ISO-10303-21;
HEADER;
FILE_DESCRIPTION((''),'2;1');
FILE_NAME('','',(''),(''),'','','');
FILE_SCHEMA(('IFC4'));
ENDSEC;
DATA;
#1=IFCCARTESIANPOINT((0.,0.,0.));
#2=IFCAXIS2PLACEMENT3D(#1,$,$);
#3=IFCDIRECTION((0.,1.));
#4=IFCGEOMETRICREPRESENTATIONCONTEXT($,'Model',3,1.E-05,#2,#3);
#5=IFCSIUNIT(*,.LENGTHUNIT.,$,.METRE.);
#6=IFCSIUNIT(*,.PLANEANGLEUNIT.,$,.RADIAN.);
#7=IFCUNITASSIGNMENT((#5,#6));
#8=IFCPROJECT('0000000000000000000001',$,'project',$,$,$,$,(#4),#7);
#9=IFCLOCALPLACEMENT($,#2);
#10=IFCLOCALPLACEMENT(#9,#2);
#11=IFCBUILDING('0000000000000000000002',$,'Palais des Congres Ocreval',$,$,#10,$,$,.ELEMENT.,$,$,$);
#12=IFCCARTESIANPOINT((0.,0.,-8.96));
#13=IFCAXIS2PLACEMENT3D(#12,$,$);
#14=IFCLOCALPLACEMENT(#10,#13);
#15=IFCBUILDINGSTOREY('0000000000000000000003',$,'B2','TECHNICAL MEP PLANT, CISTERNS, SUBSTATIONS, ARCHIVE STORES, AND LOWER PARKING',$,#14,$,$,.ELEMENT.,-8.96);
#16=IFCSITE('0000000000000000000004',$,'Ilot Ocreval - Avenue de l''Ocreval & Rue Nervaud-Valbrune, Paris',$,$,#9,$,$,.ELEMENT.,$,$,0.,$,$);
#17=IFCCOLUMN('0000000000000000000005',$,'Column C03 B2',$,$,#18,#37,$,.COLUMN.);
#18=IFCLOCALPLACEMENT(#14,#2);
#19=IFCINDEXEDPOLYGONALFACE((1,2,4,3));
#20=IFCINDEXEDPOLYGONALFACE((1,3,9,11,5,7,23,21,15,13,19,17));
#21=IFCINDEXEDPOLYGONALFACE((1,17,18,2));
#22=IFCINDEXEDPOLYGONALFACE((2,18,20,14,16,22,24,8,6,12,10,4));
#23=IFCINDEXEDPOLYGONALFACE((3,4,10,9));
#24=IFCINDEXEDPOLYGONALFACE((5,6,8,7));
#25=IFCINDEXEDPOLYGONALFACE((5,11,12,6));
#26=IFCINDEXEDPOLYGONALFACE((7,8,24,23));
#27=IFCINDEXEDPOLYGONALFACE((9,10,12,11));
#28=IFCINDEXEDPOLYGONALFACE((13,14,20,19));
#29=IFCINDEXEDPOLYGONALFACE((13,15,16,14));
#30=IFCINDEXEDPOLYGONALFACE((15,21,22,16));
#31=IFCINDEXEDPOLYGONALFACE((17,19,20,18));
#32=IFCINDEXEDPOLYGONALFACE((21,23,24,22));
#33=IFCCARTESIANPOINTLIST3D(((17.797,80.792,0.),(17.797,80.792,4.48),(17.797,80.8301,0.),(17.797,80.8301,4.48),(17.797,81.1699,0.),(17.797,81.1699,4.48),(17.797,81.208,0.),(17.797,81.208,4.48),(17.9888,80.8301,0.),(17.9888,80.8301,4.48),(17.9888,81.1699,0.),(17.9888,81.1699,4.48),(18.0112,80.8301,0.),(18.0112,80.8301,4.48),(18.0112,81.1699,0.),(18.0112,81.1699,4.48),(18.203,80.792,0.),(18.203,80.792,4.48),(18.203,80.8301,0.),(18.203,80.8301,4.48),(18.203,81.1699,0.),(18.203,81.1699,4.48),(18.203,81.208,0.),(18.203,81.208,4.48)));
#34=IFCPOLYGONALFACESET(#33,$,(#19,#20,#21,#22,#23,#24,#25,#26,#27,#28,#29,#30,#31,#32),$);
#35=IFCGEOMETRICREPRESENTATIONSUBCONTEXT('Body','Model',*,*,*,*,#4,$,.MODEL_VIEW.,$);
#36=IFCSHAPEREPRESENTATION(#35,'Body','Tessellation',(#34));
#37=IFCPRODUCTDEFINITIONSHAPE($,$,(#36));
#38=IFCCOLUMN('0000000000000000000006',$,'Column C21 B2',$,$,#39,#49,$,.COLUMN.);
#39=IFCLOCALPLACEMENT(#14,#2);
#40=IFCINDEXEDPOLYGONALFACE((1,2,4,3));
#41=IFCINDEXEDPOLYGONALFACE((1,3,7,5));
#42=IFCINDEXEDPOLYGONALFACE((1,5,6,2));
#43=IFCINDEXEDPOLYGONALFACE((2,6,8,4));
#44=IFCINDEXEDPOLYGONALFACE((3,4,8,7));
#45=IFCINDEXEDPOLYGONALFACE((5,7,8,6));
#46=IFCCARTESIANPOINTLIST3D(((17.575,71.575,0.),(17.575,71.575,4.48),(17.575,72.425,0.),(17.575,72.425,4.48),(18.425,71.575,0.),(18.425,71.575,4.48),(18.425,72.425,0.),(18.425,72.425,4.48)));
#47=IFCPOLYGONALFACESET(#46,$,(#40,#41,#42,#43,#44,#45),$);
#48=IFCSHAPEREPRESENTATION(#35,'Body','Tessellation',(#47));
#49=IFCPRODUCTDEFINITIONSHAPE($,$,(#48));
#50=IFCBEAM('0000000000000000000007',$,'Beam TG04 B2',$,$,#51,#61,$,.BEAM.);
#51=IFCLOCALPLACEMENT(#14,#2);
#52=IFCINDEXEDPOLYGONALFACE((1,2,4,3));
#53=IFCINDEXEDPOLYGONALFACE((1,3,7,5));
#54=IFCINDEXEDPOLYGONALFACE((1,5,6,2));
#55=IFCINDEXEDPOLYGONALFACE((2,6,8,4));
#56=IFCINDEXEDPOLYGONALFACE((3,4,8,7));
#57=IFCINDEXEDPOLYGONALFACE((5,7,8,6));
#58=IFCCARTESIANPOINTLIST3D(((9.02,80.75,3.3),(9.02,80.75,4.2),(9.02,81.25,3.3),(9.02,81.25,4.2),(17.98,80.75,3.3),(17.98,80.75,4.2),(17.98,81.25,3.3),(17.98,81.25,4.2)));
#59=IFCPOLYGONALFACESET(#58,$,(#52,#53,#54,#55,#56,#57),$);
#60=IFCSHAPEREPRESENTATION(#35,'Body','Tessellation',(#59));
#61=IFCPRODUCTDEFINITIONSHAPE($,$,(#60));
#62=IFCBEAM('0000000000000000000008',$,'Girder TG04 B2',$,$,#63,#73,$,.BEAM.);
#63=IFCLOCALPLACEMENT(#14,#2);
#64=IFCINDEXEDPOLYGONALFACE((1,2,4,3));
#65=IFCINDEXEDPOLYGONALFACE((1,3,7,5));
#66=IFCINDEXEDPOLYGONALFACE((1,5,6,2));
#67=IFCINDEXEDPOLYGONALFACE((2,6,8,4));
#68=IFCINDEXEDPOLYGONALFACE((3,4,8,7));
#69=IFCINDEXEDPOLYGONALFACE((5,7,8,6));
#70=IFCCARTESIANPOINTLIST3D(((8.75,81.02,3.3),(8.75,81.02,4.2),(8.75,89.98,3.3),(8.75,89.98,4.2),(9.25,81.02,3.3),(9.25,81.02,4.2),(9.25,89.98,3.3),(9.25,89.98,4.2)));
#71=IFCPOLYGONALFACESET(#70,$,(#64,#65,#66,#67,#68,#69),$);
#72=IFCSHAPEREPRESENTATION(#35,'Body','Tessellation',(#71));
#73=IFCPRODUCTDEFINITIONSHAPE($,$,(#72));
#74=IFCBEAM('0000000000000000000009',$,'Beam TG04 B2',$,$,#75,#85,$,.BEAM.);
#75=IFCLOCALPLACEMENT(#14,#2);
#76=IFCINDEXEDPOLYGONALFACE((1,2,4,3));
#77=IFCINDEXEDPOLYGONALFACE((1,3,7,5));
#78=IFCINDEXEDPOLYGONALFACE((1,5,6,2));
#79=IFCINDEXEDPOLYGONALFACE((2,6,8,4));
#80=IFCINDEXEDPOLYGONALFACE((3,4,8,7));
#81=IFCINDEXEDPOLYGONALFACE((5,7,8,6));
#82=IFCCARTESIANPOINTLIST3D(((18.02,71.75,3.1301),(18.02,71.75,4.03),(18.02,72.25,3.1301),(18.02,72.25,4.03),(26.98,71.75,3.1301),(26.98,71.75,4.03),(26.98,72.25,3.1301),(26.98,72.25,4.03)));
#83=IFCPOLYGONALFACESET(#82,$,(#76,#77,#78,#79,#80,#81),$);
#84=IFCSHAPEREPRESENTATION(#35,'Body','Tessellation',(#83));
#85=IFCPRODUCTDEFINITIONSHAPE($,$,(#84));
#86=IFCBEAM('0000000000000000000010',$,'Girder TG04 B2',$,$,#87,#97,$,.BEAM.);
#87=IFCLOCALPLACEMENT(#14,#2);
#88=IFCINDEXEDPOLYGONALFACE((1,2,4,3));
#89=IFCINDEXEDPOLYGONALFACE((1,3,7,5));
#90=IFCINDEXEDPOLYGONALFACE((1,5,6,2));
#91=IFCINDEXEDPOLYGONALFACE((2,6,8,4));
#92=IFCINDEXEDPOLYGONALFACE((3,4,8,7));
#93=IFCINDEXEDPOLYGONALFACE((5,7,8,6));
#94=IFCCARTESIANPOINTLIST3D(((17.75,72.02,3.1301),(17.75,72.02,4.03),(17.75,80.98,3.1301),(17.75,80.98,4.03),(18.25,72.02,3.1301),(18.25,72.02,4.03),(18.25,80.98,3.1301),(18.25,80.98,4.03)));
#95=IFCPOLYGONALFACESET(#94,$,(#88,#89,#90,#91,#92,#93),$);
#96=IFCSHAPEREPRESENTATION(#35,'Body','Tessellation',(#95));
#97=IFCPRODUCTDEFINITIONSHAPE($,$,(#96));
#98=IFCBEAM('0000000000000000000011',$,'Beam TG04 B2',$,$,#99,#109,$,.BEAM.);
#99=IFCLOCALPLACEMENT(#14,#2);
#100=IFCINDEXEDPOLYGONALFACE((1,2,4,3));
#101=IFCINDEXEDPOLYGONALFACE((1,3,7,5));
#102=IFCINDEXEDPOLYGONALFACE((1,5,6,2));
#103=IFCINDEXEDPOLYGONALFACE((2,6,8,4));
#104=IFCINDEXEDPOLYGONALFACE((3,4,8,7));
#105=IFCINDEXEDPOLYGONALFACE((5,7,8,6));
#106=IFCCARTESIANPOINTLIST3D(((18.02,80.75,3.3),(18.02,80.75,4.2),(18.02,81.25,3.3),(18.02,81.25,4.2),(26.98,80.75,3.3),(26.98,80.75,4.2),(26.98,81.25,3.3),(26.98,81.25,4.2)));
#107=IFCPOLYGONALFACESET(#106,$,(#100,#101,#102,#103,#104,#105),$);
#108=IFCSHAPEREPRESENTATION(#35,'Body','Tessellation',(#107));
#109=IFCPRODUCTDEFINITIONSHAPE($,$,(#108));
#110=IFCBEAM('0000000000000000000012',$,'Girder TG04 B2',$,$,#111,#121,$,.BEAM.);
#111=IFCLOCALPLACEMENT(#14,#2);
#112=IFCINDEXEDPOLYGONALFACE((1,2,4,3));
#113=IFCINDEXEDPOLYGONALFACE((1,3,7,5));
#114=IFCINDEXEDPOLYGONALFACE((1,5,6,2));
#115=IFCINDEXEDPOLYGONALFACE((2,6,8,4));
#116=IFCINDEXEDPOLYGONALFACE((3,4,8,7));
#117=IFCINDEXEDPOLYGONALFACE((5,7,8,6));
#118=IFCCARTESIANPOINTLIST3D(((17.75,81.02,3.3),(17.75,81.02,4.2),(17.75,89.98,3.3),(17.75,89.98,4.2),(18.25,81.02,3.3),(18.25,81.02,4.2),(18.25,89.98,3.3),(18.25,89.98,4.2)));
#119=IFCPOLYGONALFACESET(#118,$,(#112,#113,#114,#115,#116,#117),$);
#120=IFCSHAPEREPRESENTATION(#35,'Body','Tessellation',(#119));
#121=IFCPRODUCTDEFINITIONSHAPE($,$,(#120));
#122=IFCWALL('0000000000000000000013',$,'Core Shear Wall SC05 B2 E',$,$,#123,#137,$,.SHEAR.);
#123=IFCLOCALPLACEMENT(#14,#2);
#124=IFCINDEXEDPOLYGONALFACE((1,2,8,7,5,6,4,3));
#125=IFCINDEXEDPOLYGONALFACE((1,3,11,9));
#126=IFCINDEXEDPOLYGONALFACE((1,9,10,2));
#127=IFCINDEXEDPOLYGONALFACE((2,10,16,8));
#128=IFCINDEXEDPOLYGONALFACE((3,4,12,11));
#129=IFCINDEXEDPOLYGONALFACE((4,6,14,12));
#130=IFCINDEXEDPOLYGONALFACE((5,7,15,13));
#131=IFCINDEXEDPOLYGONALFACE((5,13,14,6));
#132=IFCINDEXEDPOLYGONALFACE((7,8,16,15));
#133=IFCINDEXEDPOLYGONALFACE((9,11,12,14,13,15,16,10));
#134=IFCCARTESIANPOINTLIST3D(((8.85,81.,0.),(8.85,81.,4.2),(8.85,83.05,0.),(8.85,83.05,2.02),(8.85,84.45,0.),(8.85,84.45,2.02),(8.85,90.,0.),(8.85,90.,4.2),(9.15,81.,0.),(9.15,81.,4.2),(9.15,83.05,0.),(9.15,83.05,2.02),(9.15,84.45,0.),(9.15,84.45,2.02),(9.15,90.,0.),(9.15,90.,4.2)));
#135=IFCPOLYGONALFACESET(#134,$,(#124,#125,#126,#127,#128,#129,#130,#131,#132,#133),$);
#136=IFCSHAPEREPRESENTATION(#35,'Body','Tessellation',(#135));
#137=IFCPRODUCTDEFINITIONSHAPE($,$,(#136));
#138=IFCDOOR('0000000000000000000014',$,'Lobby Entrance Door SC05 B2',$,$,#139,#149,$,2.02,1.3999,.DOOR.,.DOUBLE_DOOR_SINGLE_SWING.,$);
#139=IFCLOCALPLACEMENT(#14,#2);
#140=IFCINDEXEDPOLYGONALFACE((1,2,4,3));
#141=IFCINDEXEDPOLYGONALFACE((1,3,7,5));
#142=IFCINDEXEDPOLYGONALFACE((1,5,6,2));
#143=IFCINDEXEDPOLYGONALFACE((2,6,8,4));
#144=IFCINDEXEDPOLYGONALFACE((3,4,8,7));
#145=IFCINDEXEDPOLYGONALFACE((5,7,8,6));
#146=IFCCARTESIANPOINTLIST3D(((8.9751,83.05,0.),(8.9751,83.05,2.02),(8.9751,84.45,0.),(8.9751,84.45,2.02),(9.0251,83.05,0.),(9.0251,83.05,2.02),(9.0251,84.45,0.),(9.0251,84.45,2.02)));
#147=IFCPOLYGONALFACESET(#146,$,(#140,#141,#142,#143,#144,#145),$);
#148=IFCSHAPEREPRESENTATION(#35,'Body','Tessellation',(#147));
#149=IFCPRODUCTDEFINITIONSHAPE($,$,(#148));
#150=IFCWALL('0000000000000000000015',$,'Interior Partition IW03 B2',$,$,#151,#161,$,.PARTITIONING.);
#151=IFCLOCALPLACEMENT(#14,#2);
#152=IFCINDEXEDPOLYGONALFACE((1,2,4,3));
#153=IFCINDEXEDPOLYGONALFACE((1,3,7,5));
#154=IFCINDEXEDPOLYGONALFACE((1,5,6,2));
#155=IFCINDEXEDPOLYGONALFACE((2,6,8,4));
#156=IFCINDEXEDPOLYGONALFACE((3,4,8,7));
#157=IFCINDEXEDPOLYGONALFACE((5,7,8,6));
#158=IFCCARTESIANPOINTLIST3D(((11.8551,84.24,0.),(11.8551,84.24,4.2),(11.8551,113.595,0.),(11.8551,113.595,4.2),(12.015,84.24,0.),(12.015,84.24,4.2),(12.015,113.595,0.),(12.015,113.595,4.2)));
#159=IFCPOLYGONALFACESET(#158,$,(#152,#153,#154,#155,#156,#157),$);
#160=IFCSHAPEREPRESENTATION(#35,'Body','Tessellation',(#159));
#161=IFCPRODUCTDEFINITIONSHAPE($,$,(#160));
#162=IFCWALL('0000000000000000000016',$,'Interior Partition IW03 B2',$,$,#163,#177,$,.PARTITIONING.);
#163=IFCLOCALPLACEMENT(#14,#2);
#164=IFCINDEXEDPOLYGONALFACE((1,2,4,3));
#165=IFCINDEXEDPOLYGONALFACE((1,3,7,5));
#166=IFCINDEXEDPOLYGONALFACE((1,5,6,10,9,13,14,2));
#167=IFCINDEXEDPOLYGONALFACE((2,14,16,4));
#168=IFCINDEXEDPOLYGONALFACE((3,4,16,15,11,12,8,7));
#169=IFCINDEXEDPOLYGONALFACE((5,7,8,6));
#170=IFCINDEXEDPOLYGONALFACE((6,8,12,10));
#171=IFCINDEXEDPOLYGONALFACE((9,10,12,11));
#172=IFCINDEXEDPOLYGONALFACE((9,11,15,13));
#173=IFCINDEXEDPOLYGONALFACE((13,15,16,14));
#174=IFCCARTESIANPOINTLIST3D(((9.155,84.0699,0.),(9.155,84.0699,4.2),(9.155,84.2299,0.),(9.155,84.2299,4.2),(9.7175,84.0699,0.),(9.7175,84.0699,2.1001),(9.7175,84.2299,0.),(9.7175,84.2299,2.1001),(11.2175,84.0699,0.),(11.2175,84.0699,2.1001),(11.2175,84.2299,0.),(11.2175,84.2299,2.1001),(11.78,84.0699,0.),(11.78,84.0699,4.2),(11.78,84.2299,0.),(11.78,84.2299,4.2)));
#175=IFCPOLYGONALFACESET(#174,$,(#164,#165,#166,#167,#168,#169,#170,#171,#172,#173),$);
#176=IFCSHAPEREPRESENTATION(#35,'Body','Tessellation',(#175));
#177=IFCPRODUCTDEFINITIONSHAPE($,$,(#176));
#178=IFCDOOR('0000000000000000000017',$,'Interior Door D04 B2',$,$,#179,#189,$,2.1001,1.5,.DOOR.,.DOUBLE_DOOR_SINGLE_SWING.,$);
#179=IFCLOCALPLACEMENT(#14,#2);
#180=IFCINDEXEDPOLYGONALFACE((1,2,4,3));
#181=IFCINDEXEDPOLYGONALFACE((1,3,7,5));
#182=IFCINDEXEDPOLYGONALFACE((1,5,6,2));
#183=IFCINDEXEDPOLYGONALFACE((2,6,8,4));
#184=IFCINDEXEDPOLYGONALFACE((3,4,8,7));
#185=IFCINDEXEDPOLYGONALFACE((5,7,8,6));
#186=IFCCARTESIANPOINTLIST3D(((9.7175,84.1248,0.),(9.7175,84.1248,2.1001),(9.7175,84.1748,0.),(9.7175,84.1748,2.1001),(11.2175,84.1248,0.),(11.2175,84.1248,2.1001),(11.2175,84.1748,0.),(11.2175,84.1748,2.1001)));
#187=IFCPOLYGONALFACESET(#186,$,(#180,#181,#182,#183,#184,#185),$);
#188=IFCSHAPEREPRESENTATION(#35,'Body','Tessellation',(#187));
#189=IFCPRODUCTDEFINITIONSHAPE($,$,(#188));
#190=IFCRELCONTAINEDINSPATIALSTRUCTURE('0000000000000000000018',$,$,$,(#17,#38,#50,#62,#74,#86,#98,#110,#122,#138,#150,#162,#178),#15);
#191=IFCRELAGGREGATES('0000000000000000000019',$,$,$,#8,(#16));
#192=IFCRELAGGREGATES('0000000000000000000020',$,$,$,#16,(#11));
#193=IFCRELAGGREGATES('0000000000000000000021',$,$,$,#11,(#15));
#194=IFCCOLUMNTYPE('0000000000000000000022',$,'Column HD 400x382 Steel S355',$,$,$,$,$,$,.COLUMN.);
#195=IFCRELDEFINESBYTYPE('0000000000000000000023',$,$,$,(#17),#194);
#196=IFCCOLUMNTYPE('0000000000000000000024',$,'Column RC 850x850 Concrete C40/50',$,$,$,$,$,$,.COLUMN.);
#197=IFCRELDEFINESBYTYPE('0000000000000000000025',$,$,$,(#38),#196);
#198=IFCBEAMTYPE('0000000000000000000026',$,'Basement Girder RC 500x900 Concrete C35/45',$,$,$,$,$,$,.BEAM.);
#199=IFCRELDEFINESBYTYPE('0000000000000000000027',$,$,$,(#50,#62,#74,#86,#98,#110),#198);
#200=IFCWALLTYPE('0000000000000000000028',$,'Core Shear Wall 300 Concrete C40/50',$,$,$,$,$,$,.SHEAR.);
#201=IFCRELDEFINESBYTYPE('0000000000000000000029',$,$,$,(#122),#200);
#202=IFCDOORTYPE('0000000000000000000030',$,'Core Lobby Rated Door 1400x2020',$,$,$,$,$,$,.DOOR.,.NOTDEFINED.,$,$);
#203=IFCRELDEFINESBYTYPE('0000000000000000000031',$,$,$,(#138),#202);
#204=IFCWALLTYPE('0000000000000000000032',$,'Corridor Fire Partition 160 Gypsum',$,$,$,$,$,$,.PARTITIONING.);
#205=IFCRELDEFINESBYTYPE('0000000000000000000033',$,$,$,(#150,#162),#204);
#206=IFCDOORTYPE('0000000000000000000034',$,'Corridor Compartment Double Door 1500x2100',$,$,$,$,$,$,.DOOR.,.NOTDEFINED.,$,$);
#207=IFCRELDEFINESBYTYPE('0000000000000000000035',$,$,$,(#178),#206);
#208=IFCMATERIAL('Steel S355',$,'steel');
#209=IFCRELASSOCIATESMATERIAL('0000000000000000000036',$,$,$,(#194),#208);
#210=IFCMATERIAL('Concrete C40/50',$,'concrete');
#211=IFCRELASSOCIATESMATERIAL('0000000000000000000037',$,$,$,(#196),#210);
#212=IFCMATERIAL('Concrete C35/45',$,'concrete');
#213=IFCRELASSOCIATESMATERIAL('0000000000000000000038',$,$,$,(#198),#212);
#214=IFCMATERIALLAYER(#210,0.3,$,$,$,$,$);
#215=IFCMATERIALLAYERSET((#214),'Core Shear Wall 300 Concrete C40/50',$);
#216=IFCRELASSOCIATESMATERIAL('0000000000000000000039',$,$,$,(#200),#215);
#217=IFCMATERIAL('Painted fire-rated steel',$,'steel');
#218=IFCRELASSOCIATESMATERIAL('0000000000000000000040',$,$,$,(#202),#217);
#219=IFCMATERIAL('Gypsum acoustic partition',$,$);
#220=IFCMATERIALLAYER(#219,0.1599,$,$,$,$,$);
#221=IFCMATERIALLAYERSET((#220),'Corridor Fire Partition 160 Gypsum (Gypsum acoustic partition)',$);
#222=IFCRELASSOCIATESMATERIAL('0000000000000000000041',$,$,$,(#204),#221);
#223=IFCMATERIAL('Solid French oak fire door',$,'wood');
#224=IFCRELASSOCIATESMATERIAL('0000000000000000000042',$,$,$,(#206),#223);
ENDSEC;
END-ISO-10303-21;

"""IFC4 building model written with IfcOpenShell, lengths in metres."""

from ifc_helpers import new_model, si_unit, direction, frame, frame_2d, origin, origin_2d, place, context, subcontext, project, spatial, rectangle, i_section, extrude, material, layer, layer_set, material_profile, profile_set, type_object, element, fill, save


model = new_model("IFC4")

# Units and contexts
model_context = context("Model", 3, precision=1e-05, world=origin(), true_north=direction((0.0, 1.0)))
body_context = subcontext(model_context, "Body", "Model", "MODEL_VIEW")
ifc_project = project(units=[si_unit("LENGTHUNIT", "METRE"), si_unit("PLANEANGLEUNIT", "RADIAN")], contexts=[model_context])

# Site, building, storey
site_placement = place(None, origin())
site = spatial("IfcSite", under=ifc_project, at=site_placement, Name="Ilot Ocreval - Avenue de l'Ocreval & Rue Nervaud-Valbrune, Paris", CompositionType="ELEMENT", RefElevation=0.0)
building_placement = place(site_placement, origin())
building = spatial("IfcBuilding", under=site, at=building_placement, Name="Palais des Congres Ocreval", CompositionType="ELEMENT")
storey_placement = place(building_placement, frame((0.0, 0.0, -8.96)))
storey = spatial("IfcBuildingStorey", under=building, at=storey_placement, Name="B2", Description="TECHNICAL MEP PLANT, CISTERNS, SUBSTATIONS, ARCHIVE STORES, AND LOWER PARKING", CompositionType="ELEMENT", Elevation=-8.96)

# Shared definitions
ifc_material_1 = material(Name="Concrete C35/45", Category="concrete")

# Columns
ifc_material_2 = material(Name="Steel S355", Category="steel")
ifc_material_profile_1 = material_profile(ifc_material_2, i_section(OverallWidth=0.406, OverallDepth=0.416, WebThickness=0.0225, FlangeThickness=0.0381, at=origin_2d()), Name="HD 400x382")
ifc_profile_set_1 = profile_set([ifc_material_profile_1], Name="Steel S355")
column_type_1 = type_object("IfcColumnType", Name="Column HD 400x382 Steel S355", PredefinedType="COLUMN", material=ifc_profile_set_1)
column_1_placement = place(storey_placement, frame((18.0, 81.0, 0.0), z_axis=(0.0, 0.0, 1.0), x_axis=(1.0, 0.0, 0.0)))
element("IfcColumn", 1, at=column_1_placement, inside=storey, type_object=column_type_1, Name="Column C03 B2", PredefinedType="COLUMN", context=body_context, shape_type="SweptSolid", body=[
    extrude(i_section(OverallWidth=0.406, OverallDepth=0.416, WebThickness=0.0225, FlangeThickness=0.0381, at=origin_2d()), origin(), (0.0, 0.0, 1.0), 4.48),
])
ifc_material_3 = material(Name="Concrete C40/50", Category="concrete")
ifc_material_profile_2 = material_profile(ifc_material_3, rectangle(XDim=0.8501, YDim=0.8501, at=origin_2d()), Name="RC 850x850")
ifc_profile_set_2 = profile_set([ifc_material_profile_2], Name="Concrete C40/50")
column_type_2 = type_object("IfcColumnType", Name="Column RC 850x850 Concrete C40/50", PredefinedType="COLUMN", material=ifc_profile_set_2)
column_2_placement = place(storey_placement, frame((18.0, 72.0, 0.0), z_axis=(0.0, 0.0, 1.0), x_axis=(1.0, 0.0, 0.0)))
element("IfcColumn", 2, at=column_2_placement, inside=storey, type_object=column_type_2, Name="Column C21 B2", PredefinedType="COLUMN", context=body_context, shape_type="SweptSolid", body=[
    extrude(rectangle(XDim=0.8501, YDim=0.8501, at=origin_2d()), origin(), (0.0, 0.0, 1.0), 4.48),
])

# Beams
ifc_material_profile_3 = material_profile(ifc_material_1, rectangle(XDim=0.5, YDim=0.8999, at=origin_2d()), Name="RC 500x900")
ifc_profile_set_3 = profile_set([ifc_material_profile_3], Name="Concrete C35/45")
beam_type = type_object("IfcBeamType", Name="Basement Girder RC 500x900 Concrete C35/45", PredefinedType="BEAM", material=ifc_profile_set_3)
for number, where, z_axis, x_axis, name in (
    (3, (9.02, 81.0, 3.75), (1.0, 0.0, 0.0), (0.0, 1.0, 0.0), "Beam TG04 B2"),
    (4, (9.0, 81.02, 3.75), (0.0, 1.0, 0.0), (-1.0, 0.0, 0.0), "Girder TG04 B2"),
    (5, (18.02, 72.0, 3.5801), (1.0, 0.0, 0.0), (0.0, 1.0, 0.0), "Beam TG04 B2"),
    (6, (18.0, 72.02, 3.5801), (0.0, 1.0, 0.0), (-1.0, 0.0, 0.0), "Girder TG04 B2"),
    (7, (18.02, 81.0, 3.75), (1.0, 0.0, 0.0), (0.0, 1.0, 0.0), "Beam TG04 B2"),
    (8, (18.0, 81.02, 3.75), (0.0, 1.0, 0.0), (-1.0, 0.0, 0.0), "Girder TG04 B2"),
):
    element("IfcBeam", number, at=place(storey_placement, frame(where, z_axis=z_axis, x_axis=x_axis)), inside=storey, type_object=beam_type, Name=name, PredefinedType="BEAM", context=body_context, shape_type="SweptSolid", body=[
        extrude(rectangle(XDim=0.5, YDim=0.8999, at=origin_2d()), origin(), (0.0, 0.0, 1.0), 8.96),
    ])

# Wall, opening, door
ifc_layer_1 = layer(ifc_material_3, 0.3)
ifc_layer_set_1 = layer_set([ifc_layer_1], Name="Core Shear Wall 300 Concrete C40/50")
wall_type_1 = type_object("IfcWallType", Name="Core Shear Wall 300 Concrete C40/50", PredefinedType="SHEAR", material=ifc_layer_set_1)
wall_1_placement = place(storey_placement, frame((9.0, 81.0, 0.0), z_axis=(0.0, 0.0, 1.0), x_axis=(0.0, 1.0, 0.0)))
wall_1 = element("IfcWall", 9, at=wall_1_placement, inside=storey, type_object=wall_type_1, Name="Core Shear Wall SC05 B2 E", PredefinedType="SHEAR", context=body_context, shape_type="SweptSolid", body=[
    extrude(rectangle(XDim=9.0, YDim=0.3, at=frame_2d((4.5, 0.0))), origin(), (0.0, 0.0, 1.0), 4.2),
])
opening_1_placement = place(wall_1_placement, frame((2.05, 0.0, 0.0)))
opening_1 = element("IfcOpeningElement", 10, at=opening_1_placement, cuts=wall_1, PredefinedType="OPENING", context=body_context, shape_type="SweptSolid", body=[
    extrude(rectangle(XDim=1.3999, YDim=2.02, at=frame_2d((0.7, 1.01))), frame((0.0, 0.1599, 0.0), z_axis=(0.0, -1.0, 0.0), x_axis=(1.0, 0.0, 0.0)), (0.0, 0.0, 1.0), 0.3201),
])
ifc_material_4 = material(Name="Painted fire-rated steel", Category="steel")
door_type_1 = type_object("IfcDoorType", Name="Core Lobby Rated Door 1400x2020", OperationType="NOTDEFINED", PredefinedType="DOOR", material=ifc_material_4)
door_1_placement = place(opening_1_placement, origin())
door_1 = element("IfcDoor", 11, at=door_1_placement, inside=storey, type_object=door_type_1, Name="Lobby Entrance Door SC05 B2", OperationType="DOUBLE_DOOR_SINGLE_SWING", OverallHeight=2.02, OverallWidth=1.3999, PredefinedType="DOOR", context=body_context, shape_type="SweptSolid", body=[
    extrude(rectangle(XDim=1.3999, YDim=2.02, at=frame_2d((0.7, 1.01))), frame((0.0, 0.0249, 0.0), z_axis=(0.0, -1.0, 0.0), x_axis=(1.0, 0.0, 0.0)), (0.0, 0.0, 1.0), 0.05),
])
fill(opening_1, door_1)

# Wall
ifc_material_5 = material(Name="Gypsum acoustic partition")
ifc_layer_2 = layer(ifc_material_5, 0.1599)
ifc_layer_set_2 = layer_set([ifc_layer_2], Name="Corridor Fire Partition 160 Gypsum (Gypsum acoustic partition)")
wall_type_2 = type_object("IfcWallType", Name="Corridor Fire Partition 160 Gypsum", PredefinedType="PARTITIONING", material=ifc_layer_set_2)
wall_2_placement = place(storey_placement, frame((11.9351, 84.24, 0.0), z_axis=(0.0, 0.0, 1.0), x_axis=(0.0, 1.0, 0.0)))
element("IfcWall", 12, at=wall_2_placement, inside=storey, type_object=wall_type_2, Name="Interior Partition IW03 B2", PredefinedType="PARTITIONING", context=body_context, shape_type="SweptSolid", body=[
    extrude(rectangle(XDim=29.355, YDim=0.1599, at=frame_2d((14.6775, 0.0))), origin(), (0.0, 0.0, 1.0), 4.2),
])

# Wall, opening, door
wall_3_placement = place(storey_placement, frame((9.155, 84.1499, 0.0), z_axis=(0.0, 0.0, 1.0), x_axis=(1.0, 0.0, 0.0)))
wall_3 = element("IfcWall", 13, at=wall_3_placement, inside=storey, type_object=wall_type_2, Name="Interior Partition IW03 B2", PredefinedType="PARTITIONING", context=body_context, shape_type="SweptSolid", body=[
    extrude(rectangle(XDim=2.625, YDim=0.1599, at=frame_2d((1.3125, 0.0))), origin(), (0.0, 0.0, 1.0), 4.2),
])
opening_2_placement = place(wall_3_placement, frame((0.5625, 0.0, 0.0)))
opening_2 = element("IfcOpeningElement", 14, at=opening_2_placement, cuts=wall_3, PredefinedType="OPENING", context=body_context, shape_type="SweptSolid", body=[
    extrude(rectangle(XDim=1.5, YDim=2.1001, at=frame_2d((0.75, 1.05))), frame((0.0, 0.0898, 0.0), z_axis=(0.0, -1.0, 0.0), x_axis=(1.0, 0.0, 0.0)), (0.0, 0.0, 1.0), 0.1799),
])
ifc_material_6 = material(Name="Solid French oak fire door", Category="wood")
door_type_2 = type_object("IfcDoorType", Name="Corridor Compartment Double Door 1500x2100", OperationType="NOTDEFINED", PredefinedType="DOOR", material=ifc_material_6)
door_2_placement = place(opening_2_placement, origin())
door_2 = element("IfcDoor", 15, at=door_2_placement, inside=storey, type_object=door_type_2, Name="Interior Door D04 B2", OperationType="DOUBLE_DOOR_SINGLE_SWING", OverallHeight=2.1001, OverallWidth=1.5, PredefinedType="DOOR", context=body_context, shape_type="SweptSolid", body=[
    extrude(rectangle(XDim=1.5, YDim=2.1001, at=frame_2d((0.75, 1.05))), frame((0.0, 0.0249, 0.0), z_axis=(0.0, -1.0, 0.0), x_axis=(1.0, 0.0, 0.0)), (0.0, 0.0, 1.0), 0.05),
])
fill(opening_2, door_2)

save(model, "model.ifc")
